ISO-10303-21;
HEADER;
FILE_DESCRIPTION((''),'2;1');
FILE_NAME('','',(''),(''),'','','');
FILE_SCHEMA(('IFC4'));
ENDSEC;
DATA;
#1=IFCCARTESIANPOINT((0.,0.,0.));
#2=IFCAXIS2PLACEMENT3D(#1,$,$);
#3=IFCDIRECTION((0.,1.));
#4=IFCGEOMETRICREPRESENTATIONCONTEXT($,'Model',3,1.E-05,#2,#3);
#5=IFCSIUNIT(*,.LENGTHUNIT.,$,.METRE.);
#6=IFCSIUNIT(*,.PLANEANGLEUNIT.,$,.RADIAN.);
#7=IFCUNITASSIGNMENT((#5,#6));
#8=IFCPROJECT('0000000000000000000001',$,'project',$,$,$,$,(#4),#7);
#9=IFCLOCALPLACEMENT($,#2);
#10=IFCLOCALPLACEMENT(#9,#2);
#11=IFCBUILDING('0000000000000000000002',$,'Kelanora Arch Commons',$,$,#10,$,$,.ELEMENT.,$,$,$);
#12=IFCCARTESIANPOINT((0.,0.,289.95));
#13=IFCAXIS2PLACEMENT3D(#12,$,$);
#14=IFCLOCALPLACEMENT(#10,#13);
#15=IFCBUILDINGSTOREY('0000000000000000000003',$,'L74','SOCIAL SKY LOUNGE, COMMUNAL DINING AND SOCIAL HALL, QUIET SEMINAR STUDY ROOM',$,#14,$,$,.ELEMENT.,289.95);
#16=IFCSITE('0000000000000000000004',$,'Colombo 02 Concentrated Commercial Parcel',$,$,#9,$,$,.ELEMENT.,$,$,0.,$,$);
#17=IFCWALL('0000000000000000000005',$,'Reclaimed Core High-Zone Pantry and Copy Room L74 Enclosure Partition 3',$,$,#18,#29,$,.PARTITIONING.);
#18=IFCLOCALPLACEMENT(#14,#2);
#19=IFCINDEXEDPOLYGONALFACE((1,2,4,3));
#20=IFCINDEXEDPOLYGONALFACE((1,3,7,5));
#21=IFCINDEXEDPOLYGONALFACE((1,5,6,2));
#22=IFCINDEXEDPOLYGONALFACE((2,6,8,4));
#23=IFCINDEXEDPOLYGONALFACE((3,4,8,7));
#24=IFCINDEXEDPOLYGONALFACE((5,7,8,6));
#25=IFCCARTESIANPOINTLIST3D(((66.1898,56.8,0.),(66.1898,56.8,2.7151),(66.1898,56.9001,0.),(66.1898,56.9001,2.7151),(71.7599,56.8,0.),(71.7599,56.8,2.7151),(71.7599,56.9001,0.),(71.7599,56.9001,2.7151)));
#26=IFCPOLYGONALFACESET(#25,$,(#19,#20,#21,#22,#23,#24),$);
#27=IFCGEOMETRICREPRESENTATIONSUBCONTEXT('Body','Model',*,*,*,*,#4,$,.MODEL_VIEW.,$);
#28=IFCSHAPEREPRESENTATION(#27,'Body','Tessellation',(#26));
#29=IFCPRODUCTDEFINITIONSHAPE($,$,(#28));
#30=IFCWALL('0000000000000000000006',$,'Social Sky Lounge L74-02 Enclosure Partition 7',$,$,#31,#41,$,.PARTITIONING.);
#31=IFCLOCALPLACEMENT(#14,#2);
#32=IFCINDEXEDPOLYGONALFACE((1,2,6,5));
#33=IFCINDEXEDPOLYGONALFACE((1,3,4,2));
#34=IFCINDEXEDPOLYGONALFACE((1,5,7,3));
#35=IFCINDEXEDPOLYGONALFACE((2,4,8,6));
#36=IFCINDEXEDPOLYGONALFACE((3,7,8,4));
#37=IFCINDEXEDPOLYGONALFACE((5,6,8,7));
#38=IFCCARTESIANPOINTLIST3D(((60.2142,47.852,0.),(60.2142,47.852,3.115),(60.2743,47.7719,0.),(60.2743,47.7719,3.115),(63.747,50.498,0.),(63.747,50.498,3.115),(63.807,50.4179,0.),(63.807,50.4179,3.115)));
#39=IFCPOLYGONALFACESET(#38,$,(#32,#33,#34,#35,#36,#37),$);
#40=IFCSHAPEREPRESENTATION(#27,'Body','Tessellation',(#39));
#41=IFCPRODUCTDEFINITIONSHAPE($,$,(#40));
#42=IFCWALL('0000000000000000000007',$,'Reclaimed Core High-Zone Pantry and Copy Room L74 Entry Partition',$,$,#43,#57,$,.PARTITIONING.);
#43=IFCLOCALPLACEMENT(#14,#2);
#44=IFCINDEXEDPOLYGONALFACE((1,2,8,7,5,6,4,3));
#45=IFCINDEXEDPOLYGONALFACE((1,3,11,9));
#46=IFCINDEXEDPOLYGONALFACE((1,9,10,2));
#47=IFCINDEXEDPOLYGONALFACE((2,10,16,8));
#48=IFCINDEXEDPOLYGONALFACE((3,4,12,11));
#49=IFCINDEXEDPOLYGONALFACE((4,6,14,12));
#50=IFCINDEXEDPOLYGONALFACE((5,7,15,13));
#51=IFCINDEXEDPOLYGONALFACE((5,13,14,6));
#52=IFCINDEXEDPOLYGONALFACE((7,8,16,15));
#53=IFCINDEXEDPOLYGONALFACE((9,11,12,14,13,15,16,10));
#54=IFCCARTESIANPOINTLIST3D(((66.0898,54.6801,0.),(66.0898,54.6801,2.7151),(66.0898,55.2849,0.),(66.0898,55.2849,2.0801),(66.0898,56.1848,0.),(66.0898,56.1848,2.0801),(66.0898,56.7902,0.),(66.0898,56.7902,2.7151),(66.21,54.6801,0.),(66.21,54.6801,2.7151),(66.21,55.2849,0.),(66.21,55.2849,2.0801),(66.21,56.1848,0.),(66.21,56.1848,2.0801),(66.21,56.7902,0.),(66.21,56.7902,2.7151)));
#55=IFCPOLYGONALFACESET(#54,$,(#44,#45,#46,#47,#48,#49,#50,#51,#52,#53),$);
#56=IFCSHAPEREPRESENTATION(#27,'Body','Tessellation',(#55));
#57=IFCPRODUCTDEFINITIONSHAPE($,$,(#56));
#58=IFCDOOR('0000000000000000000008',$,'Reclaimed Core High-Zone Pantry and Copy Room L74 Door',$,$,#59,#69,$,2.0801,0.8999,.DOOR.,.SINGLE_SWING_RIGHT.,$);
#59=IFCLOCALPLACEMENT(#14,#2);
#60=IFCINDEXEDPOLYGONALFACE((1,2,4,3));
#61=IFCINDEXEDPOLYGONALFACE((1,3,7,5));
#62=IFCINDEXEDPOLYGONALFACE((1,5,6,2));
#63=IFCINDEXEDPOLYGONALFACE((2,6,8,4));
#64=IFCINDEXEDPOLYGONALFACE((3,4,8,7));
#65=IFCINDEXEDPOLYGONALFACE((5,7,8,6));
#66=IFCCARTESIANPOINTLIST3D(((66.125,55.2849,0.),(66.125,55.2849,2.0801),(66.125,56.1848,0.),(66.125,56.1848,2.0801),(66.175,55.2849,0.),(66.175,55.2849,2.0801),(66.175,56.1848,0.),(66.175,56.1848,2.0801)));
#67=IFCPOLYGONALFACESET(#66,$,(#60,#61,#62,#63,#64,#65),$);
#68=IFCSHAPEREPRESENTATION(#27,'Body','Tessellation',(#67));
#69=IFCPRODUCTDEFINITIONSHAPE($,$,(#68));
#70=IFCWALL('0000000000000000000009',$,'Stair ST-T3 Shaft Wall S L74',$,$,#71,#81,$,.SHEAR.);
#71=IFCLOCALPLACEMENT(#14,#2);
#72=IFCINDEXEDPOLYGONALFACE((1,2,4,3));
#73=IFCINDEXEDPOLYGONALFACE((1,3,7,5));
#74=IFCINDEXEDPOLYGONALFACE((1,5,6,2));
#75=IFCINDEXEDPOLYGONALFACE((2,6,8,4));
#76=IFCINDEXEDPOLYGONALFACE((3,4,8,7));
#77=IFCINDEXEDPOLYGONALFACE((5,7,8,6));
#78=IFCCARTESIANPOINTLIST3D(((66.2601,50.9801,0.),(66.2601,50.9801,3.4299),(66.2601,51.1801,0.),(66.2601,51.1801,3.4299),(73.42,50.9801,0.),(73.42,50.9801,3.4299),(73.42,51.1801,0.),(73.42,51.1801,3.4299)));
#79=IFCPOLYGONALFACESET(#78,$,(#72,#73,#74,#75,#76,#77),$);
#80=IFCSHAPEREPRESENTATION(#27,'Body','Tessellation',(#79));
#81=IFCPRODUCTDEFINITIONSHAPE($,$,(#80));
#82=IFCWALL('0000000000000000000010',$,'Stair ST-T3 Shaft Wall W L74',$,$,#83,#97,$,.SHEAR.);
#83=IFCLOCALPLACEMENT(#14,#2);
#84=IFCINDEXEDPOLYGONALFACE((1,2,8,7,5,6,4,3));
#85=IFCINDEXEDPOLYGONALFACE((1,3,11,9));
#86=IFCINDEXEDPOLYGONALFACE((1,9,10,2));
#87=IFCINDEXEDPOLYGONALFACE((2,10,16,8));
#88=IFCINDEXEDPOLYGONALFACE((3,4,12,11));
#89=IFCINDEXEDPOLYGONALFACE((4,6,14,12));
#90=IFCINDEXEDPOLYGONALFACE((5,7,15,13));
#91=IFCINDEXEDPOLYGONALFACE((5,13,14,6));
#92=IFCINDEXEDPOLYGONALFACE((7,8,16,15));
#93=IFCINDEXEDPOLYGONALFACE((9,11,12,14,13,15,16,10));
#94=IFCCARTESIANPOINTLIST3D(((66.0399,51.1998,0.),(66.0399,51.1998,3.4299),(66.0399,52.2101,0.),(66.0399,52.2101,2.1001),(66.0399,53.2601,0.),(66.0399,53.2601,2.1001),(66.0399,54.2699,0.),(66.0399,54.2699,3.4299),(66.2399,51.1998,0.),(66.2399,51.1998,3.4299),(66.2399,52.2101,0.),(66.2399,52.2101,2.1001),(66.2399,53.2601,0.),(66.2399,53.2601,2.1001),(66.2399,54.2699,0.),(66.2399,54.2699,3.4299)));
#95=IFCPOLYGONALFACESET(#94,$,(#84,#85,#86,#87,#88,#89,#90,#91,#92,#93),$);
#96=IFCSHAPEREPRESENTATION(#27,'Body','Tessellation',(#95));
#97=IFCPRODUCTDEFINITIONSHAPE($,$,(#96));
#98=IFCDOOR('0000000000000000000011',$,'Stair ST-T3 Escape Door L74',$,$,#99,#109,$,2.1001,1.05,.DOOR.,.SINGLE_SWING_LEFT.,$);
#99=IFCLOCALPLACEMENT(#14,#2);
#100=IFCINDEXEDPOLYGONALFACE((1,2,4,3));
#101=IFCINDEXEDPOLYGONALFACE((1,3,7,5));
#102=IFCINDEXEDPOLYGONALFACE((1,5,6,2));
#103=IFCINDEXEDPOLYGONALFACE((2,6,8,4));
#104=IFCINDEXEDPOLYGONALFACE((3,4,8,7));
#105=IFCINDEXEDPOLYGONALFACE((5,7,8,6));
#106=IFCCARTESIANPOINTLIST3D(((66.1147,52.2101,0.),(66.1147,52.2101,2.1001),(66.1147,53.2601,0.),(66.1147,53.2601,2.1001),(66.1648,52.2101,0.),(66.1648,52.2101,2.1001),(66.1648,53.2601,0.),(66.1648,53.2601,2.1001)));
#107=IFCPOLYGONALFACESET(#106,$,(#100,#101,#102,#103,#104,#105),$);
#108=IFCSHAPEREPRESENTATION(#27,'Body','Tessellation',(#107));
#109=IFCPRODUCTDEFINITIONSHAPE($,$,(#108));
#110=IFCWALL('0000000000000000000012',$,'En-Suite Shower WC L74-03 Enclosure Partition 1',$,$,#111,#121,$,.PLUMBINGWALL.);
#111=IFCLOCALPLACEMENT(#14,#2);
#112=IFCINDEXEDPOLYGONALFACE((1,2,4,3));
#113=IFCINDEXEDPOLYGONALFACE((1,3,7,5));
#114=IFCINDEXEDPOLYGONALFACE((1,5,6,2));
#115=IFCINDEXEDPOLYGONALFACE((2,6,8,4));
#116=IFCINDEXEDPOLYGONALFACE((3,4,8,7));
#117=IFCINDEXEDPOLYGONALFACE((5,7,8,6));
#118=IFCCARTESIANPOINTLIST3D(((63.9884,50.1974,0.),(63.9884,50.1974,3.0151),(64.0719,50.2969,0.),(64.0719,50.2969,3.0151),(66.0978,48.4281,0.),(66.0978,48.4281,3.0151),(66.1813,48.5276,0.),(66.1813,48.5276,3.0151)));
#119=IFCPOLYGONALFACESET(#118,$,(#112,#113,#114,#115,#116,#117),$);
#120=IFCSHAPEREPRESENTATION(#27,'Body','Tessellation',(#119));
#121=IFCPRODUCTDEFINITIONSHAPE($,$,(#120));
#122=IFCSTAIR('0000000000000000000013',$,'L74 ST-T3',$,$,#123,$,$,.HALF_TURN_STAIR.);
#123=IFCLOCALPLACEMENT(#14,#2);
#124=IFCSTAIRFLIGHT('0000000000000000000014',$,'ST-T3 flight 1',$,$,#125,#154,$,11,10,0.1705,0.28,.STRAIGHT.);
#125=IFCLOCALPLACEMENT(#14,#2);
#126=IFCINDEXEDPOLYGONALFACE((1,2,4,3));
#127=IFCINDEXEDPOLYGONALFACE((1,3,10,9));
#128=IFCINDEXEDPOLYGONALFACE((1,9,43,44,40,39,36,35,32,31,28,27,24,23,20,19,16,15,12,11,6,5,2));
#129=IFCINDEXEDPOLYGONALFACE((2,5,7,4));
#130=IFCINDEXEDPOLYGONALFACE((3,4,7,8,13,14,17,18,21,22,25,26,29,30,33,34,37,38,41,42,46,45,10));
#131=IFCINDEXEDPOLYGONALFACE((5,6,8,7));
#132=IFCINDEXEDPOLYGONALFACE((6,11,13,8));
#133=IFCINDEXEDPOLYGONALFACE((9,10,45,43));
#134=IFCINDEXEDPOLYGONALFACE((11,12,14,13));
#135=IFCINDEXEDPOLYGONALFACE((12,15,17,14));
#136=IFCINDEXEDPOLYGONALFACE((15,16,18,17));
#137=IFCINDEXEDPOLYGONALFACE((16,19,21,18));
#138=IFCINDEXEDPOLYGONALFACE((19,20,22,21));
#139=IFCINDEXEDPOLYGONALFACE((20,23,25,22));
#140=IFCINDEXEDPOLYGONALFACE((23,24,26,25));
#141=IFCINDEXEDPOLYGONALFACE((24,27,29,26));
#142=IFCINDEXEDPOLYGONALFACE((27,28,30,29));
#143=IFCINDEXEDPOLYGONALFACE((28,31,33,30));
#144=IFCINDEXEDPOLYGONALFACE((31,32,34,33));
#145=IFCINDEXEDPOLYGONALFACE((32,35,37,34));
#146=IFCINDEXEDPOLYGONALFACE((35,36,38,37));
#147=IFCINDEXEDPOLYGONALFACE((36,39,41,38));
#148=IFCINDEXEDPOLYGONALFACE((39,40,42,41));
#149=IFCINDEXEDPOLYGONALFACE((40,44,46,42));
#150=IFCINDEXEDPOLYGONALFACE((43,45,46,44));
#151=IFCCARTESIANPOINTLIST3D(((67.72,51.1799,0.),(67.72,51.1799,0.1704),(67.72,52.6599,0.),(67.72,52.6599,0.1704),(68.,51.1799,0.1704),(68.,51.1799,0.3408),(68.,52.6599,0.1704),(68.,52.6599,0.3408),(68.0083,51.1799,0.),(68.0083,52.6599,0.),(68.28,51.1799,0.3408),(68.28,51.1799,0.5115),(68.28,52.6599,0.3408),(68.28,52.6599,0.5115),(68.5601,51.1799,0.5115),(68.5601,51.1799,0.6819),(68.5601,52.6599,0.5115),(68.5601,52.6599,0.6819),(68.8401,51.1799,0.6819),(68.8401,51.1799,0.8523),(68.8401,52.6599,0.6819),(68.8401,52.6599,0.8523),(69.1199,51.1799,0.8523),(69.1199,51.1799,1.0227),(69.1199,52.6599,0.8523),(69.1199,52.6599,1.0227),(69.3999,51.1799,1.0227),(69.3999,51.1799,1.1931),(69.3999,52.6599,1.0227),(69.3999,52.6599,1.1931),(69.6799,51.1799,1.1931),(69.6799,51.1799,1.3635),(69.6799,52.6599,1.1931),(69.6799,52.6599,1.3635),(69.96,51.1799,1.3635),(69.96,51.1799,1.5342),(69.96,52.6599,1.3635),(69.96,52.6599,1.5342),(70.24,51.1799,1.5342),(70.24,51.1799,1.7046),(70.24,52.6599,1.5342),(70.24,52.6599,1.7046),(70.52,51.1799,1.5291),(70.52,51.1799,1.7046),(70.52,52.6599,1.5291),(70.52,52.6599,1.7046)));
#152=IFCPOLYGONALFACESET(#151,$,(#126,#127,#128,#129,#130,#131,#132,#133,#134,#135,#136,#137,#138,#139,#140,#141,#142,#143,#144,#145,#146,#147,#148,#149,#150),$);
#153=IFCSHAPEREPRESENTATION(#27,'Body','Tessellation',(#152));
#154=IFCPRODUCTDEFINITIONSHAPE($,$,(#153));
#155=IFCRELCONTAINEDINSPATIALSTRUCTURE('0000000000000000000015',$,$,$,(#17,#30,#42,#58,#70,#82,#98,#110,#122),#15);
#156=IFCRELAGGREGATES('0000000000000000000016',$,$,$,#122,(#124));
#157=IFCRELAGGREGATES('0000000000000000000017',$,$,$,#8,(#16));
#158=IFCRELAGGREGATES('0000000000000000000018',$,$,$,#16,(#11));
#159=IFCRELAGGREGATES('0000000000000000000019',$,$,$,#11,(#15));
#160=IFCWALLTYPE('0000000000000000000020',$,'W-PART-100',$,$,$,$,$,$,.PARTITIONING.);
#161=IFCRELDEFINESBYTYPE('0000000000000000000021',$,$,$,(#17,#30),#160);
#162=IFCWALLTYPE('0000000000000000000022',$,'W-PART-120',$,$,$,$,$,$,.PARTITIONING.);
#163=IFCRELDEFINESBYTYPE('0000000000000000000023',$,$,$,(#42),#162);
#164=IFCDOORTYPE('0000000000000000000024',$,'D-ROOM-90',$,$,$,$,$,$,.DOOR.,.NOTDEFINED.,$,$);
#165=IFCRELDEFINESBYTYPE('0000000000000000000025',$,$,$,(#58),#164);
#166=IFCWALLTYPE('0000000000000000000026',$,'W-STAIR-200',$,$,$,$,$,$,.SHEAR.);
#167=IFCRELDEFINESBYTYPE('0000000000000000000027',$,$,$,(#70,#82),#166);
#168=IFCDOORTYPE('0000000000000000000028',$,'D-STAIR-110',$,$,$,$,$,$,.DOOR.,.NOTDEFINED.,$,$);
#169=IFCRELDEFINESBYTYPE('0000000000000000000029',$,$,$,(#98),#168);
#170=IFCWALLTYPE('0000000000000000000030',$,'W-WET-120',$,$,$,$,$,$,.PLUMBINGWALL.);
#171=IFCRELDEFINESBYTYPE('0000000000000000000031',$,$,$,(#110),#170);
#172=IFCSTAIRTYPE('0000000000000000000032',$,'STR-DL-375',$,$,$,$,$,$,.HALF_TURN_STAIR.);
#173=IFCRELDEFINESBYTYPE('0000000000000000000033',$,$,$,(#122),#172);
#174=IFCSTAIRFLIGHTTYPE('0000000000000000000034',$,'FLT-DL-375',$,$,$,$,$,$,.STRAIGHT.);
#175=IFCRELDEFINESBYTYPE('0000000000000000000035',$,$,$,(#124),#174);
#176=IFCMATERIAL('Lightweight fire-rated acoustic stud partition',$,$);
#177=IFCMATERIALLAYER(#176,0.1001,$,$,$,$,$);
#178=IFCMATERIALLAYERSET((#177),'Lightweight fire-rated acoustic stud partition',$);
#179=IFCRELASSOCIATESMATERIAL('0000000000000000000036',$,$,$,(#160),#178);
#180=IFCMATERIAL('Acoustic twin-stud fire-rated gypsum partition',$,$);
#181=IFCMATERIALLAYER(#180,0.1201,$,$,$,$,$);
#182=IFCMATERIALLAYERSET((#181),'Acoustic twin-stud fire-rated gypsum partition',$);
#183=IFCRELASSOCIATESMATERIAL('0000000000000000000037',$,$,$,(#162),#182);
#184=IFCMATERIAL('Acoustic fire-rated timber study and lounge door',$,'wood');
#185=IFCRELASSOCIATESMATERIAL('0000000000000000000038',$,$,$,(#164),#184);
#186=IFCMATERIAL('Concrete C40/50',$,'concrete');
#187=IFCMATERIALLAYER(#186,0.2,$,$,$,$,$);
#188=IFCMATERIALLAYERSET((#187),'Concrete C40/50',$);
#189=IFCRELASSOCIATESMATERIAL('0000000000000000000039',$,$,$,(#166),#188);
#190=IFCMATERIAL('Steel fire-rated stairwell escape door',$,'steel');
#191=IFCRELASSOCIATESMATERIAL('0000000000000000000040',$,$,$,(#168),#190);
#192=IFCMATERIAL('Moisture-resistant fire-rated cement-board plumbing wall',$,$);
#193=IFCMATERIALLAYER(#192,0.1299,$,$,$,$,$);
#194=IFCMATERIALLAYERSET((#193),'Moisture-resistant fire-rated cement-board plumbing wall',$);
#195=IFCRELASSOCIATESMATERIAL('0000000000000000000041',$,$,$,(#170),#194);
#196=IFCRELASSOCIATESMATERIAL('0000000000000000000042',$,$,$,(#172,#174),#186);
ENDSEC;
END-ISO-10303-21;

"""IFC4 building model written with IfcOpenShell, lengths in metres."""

from ifc_helpers import new_model, si_unit, direction, frame, frame_2d, origin, place, context, subcontext, project, spatial, polyline, rectangle, outline, extrude, material, layer, layer_set, type_object, element, fill, aggregate, save


model = new_model("IFC4")

# Units and contexts
model_context = context("Model", 3, precision=1e-05, world=origin(), true_north=direction((0.0, 1.0)))
body_context = subcontext(model_context, "Body", "Model", "MODEL_VIEW")
ifc_project = project(units=[si_unit("LENGTHUNIT", "METRE"), si_unit("PLANEANGLEUNIT", "RADIAN")], contexts=[model_context])

# Site, building, storey
site_placement = place(None, origin())
site = spatial("IfcSite", under=ifc_project, at=site_placement, Name="Colombo 02 Concentrated Commercial Parcel", CompositionType="ELEMENT", RefElevation=0.0)
building_placement = place(site_placement, origin())
building = spatial("IfcBuilding", under=site, at=building_placement, Name="Kelanora Arch Commons", CompositionType="ELEMENT")
storey_placement = place(building_placement, frame((0.0, 0.0, 289.95)))
storey = spatial("IfcBuildingStorey", under=building, at=storey_placement, Name="L74", Description="SOCIAL SKY LOUNGE, COMMUNAL DINING AND SOCIAL HALL, QUIET SEMINAR STUDY ROOM", CompositionType="ELEMENT", Elevation=289.95)

# Shared definitions
ifc_material_1 = material(Name="Concrete C40/50", Category="concrete")

# Walls
ifc_material_2 = material(Name="Lightweight fire-rated acoustic stud partition")
ifc_layer_1 = layer(ifc_material_2, 0.1001)
ifc_layer_set_1 = layer_set([ifc_layer_1], Name="Lightweight fire-rated acoustic stud partition")
wall_type_1 = type_object("IfcWallType", Name="W-PART-100", PredefinedType="PARTITIONING", material=ifc_layer_set_1)
wall_1_placement = place(storey_placement, frame((71.76, 56.8501, 0.0), z_axis=(0.0, 0.0, 1.0), x_axis=(-1.0, 0.0, 0.0)))
element("IfcWall", 1, at=wall_1_placement, inside=storey, type_object=wall_type_1, Name="Reclaimed Core High-Zone Pantry and Copy Room L74 Enclosure Partition 3", PredefinedType="PARTITIONING", context=body_context, shape_type="SweptSolid", body=[
    extrude(rectangle(XDim=5.5701, YDim=0.1001, at=frame_2d((2.7852, 0.0))), origin(), (0.0, 0.0, 1.0), 2.7151),
])
wall_2_placement = place(storey_placement, frame((63.7771, 50.458, 0.0), z_axis=(0.0, 0.0, 1.0), x_axis=(-0.800385, -0.599487, 0.0)))
element("IfcWall", 2, at=wall_2_placement, inside=storey, type_object=wall_type_1, Name="Social Sky Lounge L74-02 Enclosure Partition 7", PredefinedType="PARTITIONING", context=body_context, shape_type="SweptSolid", body=[
    extrude(rectangle(XDim=4.4138, YDim=0.1001, at=frame_2d((2.207, 0.0))), origin(), (0.0, 0.0, 1.0), 3.115),
])

# Wall, opening, door
ifc_material_3 = material(Name="Acoustic twin-stud fire-rated gypsum partition")
ifc_layer_2 = layer(ifc_material_3, 0.1201)
ifc_layer_set_2 = layer_set([ifc_layer_2], Name="Acoustic twin-stud fire-rated gypsum partition")
wall_type_2 = type_object("IfcWallType", Name="W-PART-120", PredefinedType="PARTITIONING", material=ifc_layer_set_2)
wall_3_placement = place(storey_placement, frame((66.1499, 54.6799, 0.0), z_axis=(0.0, 0.0, 1.0), x_axis=(0.0, 1.0, 0.0)))
wall_3 = element("IfcWall", 3, at=wall_3_placement, inside=storey, type_object=wall_type_2, Name="Reclaimed Core High-Zone Pantry and Copy Room L74 Entry Partition", PredefinedType="PARTITIONING", context=body_context, shape_type="SweptSolid", body=[
    extrude(rectangle(XDim=2.1101, YDim=0.1201, at=frame_2d((1.0552, 0.0))), origin(), (0.0, 0.0, 1.0), 2.7151),
])
opening_1_placement = place(wall_3_placement, frame((0.605, 0.0, 0.0)))
opening_1 = element("IfcOpeningElement", 4, at=opening_1_placement, cuts=wall_3, PredefinedType="OPENING", context=body_context, shape_type="SweptSolid", body=[
    extrude(rectangle(XDim=0.8999, YDim=2.0801, at=frame_2d((0.45, 1.04))), frame((0.0, 0.0701, 0.0), z_axis=(0.0, -1.0, 0.0), x_axis=(1.0, 0.0, 0.0)), (0.0, 0.0, 1.0), 0.1401),
])
ifc_material_4 = material(Name="Acoustic fire-rated timber study and lounge door", Category="wood")
door_type_1 = type_object("IfcDoorType", Name="D-ROOM-90", OperationType="NOTDEFINED", PredefinedType="DOOR", material=ifc_material_4)
door_1_placement = place(opening_1_placement, origin())
door_1 = element("IfcDoor", 5, at=door_1_placement, inside=storey, type_object=door_type_1, Name="Reclaimed Core High-Zone Pantry and Copy Room L74 Door", OperationType="SINGLE_SWING_RIGHT", OverallHeight=2.0801, OverallWidth=0.8999, PredefinedType="DOOR", context=body_context, shape_type="SweptSolid", body=[
    extrude(rectangle(XDim=0.8999, YDim=2.0801, at=frame_2d((0.45, 1.04))), frame((0.0, 0.0249, 0.0), z_axis=(0.0, -1.0, 0.0), x_axis=(1.0, 0.0, 0.0)), (0.0, 0.0, 1.0), 0.05),
])
fill(opening_1, door_1)

# Wall
ifc_layer_3 = layer(ifc_material_1, 0.2)
ifc_layer_set_3 = layer_set([ifc_layer_3], Name="Concrete C40/50")
wall_type_3 = type_object("IfcWallType", Name="W-STAIR-200", PredefinedType="SHEAR", material=ifc_layer_set_3)
wall_4_placement = place(storey_placement, frame((66.26, 51.0801, 0.0), z_axis=(0.0, 0.0, 1.0), x_axis=(1.0, 0.0, 0.0)))
element("IfcWall", 6, at=wall_4_placement, inside=storey, type_object=wall_type_3, Name="Stair ST-T3 Shaft Wall S L74", PredefinedType="SHEAR", context=body_context, shape_type="SweptSolid", body=[
    extrude(rectangle(XDim=7.1599, YDim=0.2, at=frame_2d((3.5801, 0.0))), origin(), (0.0, 0.0, 1.0), 3.4299),
])

# Wall, opening, door
wall_5_placement = place(storey_placement, frame((66.1399, 54.27, 0.0), z_axis=(0.0, 0.0, 1.0), x_axis=(0.0, -1.0, 0.0)))
wall_5 = element("IfcWall", 7, at=wall_5_placement, inside=storey, type_object=wall_type_3, Name="Stair ST-T3 Shaft Wall W L74", PredefinedType="SHEAR", context=body_context, shape_type="SweptSolid", body=[
    extrude(rectangle(XDim=3.0701, YDim=0.2, at=frame_2d((1.5352, 0.0))), origin(), (0.0, 0.0, 1.0), 3.4299),
])
opening_2_placement = place(wall_5_placement, frame((1.01, 0.0, 0.0)))
opening_2 = element("IfcOpeningElement", 8, at=opening_2_placement, cuts=wall_5, PredefinedType="OPENING", context=body_context, shape_type="SweptSolid", body=[
    extrude(rectangle(XDim=1.05, YDim=2.1001, at=frame_2d((0.5249, 1.05))), frame((0.0, 0.1099, 0.0), z_axis=(0.0, -1.0, 0.0), x_axis=(1.0, 0.0, 0.0)), (0.0, 0.0, 1.0), 0.22),
])
ifc_material_5 = material(Name="Steel fire-rated stairwell escape door", Category="steel")
door_type_2 = type_object("IfcDoorType", Name="D-STAIR-110", OperationType="NOTDEFINED", PredefinedType="DOOR", material=ifc_material_5)
door_2_placement = place(opening_2_placement, origin())
door_2 = element("IfcDoor", 9, at=door_2_placement, inside=storey, type_object=door_type_2, Name="Stair ST-T3 Escape Door L74", OperationType="SINGLE_SWING_LEFT", OverallHeight=2.1001, OverallWidth=1.05, PredefinedType="DOOR", context=body_context, shape_type="SweptSolid", body=[
    extrude(rectangle(XDim=1.05, YDim=2.1001, at=frame_2d((0.5249, 1.05))), frame((0.0, 0.0249, 0.0), z_axis=(0.0, -1.0, 0.0), x_axis=(1.0, 0.0, 0.0)), (0.0, 0.0, 1.0), 0.05),
])
fill(opening_2, door_2)

# Wall
ifc_material_6 = material(Name="Moisture-resistant fire-rated cement-board plumbing wall")
ifc_layer_4 = layer(ifc_material_6, 0.1299)
ifc_layer_set_4 = layer_set([ifc_layer_4], Name="Moisture-resistant fire-rated cement-board plumbing wall")
wall_type_4 = type_object("IfcWallType", Name="W-WET-120", PredefinedType="PLUMBINGWALL", material=ifc_layer_set_4)
wall_6_placement = place(storey_placement, frame((64.0303, 50.2471, 0.0), z_axis=(0.0, 0.0, 1.0), x_axis=(0.766168, -0.642641, 0.0)))
element("IfcWall", 10, at=wall_6_placement, inside=storey, type_object=wall_type_4, Name="En-Suite Shower WC L74-03 Enclosure Partition 1", PredefinedType="PLUMBINGWALL", context=body_context, shape_type="SweptSolid", body=[
    extrude(rectangle(XDim=2.7532, YDim=0.1299, at=frame_2d((1.3765, 0.0))), origin(), (0.0, 0.0, 1.0), 3.0151),
])

# Stair, stair flight
stair_type = type_object("IfcStairType", Name="STR-DL-375", PredefinedType="HALF_TURN_STAIR", material=ifc_material_1)
stair_placement = place(storey_placement, origin())
stair = element("IfcStair", 11, at=stair_placement, inside=storey, type_object=stair_type, Name="L74 ST-T3", PredefinedType="HALF_TURN_STAIR")
stair_flight_type = type_object("IfcStairFlightType", Name="FLT-DL-375", PredefinedType="STRAIGHT", material=ifc_material_1)
stair_flight_1_placement = place(storey_placement, frame((67.72, 51.9199, 0.0), z_axis=(0.0, 0.0, 1.0), x_axis=(1.0, 0.0, 0.0)))
stair_flight_1 = element("IfcStairFlight", 12, at=stair_flight_1_placement, type_object=stair_flight_type, Name="ST-T3 flight 1", NumberOfRisers=11, NumberOfTreads=10, PredefinedType="STRAIGHT", RiserHeight=0.1705, TreadLength=0.28, context=body_context, shape_type="SweptSolid", body=[
    extrude(outline(polyline([(0.0, 0.0), (0.0, 0.1704), (0.28, 0.1704), (0.28, 0.3408), (0.5601, 0.3408), (0.5601, 0.5115), (0.8401, 0.5115), (0.8401, 0.6819), (1.1201, 0.6819), (1.1201, 0.8523), (1.3999, 0.8523), (1.3999, 1.0227), (1.6799, 1.0227), (1.6799, 1.1931), (1.96, 1.1931), (1.96, 1.3635), (2.24, 1.3635), (2.24, 1.5342), (2.52, 1.5342), (2.52, 1.7046), (2.8, 1.7046), (2.8, 1.875), (2.8, 1.5291), (0.2883, 0.0), (0.0, 0.0)])), frame((0.0, 0.74, 0.0), z_axis=(0.0, -1.0, 0.0), x_axis=(1.0, 0.0, 0.0)), (0.0, 0.0, 1.0), 1.48),
])
aggregate(stair, [stair_flight_1])

save(model, "model.ifc")
